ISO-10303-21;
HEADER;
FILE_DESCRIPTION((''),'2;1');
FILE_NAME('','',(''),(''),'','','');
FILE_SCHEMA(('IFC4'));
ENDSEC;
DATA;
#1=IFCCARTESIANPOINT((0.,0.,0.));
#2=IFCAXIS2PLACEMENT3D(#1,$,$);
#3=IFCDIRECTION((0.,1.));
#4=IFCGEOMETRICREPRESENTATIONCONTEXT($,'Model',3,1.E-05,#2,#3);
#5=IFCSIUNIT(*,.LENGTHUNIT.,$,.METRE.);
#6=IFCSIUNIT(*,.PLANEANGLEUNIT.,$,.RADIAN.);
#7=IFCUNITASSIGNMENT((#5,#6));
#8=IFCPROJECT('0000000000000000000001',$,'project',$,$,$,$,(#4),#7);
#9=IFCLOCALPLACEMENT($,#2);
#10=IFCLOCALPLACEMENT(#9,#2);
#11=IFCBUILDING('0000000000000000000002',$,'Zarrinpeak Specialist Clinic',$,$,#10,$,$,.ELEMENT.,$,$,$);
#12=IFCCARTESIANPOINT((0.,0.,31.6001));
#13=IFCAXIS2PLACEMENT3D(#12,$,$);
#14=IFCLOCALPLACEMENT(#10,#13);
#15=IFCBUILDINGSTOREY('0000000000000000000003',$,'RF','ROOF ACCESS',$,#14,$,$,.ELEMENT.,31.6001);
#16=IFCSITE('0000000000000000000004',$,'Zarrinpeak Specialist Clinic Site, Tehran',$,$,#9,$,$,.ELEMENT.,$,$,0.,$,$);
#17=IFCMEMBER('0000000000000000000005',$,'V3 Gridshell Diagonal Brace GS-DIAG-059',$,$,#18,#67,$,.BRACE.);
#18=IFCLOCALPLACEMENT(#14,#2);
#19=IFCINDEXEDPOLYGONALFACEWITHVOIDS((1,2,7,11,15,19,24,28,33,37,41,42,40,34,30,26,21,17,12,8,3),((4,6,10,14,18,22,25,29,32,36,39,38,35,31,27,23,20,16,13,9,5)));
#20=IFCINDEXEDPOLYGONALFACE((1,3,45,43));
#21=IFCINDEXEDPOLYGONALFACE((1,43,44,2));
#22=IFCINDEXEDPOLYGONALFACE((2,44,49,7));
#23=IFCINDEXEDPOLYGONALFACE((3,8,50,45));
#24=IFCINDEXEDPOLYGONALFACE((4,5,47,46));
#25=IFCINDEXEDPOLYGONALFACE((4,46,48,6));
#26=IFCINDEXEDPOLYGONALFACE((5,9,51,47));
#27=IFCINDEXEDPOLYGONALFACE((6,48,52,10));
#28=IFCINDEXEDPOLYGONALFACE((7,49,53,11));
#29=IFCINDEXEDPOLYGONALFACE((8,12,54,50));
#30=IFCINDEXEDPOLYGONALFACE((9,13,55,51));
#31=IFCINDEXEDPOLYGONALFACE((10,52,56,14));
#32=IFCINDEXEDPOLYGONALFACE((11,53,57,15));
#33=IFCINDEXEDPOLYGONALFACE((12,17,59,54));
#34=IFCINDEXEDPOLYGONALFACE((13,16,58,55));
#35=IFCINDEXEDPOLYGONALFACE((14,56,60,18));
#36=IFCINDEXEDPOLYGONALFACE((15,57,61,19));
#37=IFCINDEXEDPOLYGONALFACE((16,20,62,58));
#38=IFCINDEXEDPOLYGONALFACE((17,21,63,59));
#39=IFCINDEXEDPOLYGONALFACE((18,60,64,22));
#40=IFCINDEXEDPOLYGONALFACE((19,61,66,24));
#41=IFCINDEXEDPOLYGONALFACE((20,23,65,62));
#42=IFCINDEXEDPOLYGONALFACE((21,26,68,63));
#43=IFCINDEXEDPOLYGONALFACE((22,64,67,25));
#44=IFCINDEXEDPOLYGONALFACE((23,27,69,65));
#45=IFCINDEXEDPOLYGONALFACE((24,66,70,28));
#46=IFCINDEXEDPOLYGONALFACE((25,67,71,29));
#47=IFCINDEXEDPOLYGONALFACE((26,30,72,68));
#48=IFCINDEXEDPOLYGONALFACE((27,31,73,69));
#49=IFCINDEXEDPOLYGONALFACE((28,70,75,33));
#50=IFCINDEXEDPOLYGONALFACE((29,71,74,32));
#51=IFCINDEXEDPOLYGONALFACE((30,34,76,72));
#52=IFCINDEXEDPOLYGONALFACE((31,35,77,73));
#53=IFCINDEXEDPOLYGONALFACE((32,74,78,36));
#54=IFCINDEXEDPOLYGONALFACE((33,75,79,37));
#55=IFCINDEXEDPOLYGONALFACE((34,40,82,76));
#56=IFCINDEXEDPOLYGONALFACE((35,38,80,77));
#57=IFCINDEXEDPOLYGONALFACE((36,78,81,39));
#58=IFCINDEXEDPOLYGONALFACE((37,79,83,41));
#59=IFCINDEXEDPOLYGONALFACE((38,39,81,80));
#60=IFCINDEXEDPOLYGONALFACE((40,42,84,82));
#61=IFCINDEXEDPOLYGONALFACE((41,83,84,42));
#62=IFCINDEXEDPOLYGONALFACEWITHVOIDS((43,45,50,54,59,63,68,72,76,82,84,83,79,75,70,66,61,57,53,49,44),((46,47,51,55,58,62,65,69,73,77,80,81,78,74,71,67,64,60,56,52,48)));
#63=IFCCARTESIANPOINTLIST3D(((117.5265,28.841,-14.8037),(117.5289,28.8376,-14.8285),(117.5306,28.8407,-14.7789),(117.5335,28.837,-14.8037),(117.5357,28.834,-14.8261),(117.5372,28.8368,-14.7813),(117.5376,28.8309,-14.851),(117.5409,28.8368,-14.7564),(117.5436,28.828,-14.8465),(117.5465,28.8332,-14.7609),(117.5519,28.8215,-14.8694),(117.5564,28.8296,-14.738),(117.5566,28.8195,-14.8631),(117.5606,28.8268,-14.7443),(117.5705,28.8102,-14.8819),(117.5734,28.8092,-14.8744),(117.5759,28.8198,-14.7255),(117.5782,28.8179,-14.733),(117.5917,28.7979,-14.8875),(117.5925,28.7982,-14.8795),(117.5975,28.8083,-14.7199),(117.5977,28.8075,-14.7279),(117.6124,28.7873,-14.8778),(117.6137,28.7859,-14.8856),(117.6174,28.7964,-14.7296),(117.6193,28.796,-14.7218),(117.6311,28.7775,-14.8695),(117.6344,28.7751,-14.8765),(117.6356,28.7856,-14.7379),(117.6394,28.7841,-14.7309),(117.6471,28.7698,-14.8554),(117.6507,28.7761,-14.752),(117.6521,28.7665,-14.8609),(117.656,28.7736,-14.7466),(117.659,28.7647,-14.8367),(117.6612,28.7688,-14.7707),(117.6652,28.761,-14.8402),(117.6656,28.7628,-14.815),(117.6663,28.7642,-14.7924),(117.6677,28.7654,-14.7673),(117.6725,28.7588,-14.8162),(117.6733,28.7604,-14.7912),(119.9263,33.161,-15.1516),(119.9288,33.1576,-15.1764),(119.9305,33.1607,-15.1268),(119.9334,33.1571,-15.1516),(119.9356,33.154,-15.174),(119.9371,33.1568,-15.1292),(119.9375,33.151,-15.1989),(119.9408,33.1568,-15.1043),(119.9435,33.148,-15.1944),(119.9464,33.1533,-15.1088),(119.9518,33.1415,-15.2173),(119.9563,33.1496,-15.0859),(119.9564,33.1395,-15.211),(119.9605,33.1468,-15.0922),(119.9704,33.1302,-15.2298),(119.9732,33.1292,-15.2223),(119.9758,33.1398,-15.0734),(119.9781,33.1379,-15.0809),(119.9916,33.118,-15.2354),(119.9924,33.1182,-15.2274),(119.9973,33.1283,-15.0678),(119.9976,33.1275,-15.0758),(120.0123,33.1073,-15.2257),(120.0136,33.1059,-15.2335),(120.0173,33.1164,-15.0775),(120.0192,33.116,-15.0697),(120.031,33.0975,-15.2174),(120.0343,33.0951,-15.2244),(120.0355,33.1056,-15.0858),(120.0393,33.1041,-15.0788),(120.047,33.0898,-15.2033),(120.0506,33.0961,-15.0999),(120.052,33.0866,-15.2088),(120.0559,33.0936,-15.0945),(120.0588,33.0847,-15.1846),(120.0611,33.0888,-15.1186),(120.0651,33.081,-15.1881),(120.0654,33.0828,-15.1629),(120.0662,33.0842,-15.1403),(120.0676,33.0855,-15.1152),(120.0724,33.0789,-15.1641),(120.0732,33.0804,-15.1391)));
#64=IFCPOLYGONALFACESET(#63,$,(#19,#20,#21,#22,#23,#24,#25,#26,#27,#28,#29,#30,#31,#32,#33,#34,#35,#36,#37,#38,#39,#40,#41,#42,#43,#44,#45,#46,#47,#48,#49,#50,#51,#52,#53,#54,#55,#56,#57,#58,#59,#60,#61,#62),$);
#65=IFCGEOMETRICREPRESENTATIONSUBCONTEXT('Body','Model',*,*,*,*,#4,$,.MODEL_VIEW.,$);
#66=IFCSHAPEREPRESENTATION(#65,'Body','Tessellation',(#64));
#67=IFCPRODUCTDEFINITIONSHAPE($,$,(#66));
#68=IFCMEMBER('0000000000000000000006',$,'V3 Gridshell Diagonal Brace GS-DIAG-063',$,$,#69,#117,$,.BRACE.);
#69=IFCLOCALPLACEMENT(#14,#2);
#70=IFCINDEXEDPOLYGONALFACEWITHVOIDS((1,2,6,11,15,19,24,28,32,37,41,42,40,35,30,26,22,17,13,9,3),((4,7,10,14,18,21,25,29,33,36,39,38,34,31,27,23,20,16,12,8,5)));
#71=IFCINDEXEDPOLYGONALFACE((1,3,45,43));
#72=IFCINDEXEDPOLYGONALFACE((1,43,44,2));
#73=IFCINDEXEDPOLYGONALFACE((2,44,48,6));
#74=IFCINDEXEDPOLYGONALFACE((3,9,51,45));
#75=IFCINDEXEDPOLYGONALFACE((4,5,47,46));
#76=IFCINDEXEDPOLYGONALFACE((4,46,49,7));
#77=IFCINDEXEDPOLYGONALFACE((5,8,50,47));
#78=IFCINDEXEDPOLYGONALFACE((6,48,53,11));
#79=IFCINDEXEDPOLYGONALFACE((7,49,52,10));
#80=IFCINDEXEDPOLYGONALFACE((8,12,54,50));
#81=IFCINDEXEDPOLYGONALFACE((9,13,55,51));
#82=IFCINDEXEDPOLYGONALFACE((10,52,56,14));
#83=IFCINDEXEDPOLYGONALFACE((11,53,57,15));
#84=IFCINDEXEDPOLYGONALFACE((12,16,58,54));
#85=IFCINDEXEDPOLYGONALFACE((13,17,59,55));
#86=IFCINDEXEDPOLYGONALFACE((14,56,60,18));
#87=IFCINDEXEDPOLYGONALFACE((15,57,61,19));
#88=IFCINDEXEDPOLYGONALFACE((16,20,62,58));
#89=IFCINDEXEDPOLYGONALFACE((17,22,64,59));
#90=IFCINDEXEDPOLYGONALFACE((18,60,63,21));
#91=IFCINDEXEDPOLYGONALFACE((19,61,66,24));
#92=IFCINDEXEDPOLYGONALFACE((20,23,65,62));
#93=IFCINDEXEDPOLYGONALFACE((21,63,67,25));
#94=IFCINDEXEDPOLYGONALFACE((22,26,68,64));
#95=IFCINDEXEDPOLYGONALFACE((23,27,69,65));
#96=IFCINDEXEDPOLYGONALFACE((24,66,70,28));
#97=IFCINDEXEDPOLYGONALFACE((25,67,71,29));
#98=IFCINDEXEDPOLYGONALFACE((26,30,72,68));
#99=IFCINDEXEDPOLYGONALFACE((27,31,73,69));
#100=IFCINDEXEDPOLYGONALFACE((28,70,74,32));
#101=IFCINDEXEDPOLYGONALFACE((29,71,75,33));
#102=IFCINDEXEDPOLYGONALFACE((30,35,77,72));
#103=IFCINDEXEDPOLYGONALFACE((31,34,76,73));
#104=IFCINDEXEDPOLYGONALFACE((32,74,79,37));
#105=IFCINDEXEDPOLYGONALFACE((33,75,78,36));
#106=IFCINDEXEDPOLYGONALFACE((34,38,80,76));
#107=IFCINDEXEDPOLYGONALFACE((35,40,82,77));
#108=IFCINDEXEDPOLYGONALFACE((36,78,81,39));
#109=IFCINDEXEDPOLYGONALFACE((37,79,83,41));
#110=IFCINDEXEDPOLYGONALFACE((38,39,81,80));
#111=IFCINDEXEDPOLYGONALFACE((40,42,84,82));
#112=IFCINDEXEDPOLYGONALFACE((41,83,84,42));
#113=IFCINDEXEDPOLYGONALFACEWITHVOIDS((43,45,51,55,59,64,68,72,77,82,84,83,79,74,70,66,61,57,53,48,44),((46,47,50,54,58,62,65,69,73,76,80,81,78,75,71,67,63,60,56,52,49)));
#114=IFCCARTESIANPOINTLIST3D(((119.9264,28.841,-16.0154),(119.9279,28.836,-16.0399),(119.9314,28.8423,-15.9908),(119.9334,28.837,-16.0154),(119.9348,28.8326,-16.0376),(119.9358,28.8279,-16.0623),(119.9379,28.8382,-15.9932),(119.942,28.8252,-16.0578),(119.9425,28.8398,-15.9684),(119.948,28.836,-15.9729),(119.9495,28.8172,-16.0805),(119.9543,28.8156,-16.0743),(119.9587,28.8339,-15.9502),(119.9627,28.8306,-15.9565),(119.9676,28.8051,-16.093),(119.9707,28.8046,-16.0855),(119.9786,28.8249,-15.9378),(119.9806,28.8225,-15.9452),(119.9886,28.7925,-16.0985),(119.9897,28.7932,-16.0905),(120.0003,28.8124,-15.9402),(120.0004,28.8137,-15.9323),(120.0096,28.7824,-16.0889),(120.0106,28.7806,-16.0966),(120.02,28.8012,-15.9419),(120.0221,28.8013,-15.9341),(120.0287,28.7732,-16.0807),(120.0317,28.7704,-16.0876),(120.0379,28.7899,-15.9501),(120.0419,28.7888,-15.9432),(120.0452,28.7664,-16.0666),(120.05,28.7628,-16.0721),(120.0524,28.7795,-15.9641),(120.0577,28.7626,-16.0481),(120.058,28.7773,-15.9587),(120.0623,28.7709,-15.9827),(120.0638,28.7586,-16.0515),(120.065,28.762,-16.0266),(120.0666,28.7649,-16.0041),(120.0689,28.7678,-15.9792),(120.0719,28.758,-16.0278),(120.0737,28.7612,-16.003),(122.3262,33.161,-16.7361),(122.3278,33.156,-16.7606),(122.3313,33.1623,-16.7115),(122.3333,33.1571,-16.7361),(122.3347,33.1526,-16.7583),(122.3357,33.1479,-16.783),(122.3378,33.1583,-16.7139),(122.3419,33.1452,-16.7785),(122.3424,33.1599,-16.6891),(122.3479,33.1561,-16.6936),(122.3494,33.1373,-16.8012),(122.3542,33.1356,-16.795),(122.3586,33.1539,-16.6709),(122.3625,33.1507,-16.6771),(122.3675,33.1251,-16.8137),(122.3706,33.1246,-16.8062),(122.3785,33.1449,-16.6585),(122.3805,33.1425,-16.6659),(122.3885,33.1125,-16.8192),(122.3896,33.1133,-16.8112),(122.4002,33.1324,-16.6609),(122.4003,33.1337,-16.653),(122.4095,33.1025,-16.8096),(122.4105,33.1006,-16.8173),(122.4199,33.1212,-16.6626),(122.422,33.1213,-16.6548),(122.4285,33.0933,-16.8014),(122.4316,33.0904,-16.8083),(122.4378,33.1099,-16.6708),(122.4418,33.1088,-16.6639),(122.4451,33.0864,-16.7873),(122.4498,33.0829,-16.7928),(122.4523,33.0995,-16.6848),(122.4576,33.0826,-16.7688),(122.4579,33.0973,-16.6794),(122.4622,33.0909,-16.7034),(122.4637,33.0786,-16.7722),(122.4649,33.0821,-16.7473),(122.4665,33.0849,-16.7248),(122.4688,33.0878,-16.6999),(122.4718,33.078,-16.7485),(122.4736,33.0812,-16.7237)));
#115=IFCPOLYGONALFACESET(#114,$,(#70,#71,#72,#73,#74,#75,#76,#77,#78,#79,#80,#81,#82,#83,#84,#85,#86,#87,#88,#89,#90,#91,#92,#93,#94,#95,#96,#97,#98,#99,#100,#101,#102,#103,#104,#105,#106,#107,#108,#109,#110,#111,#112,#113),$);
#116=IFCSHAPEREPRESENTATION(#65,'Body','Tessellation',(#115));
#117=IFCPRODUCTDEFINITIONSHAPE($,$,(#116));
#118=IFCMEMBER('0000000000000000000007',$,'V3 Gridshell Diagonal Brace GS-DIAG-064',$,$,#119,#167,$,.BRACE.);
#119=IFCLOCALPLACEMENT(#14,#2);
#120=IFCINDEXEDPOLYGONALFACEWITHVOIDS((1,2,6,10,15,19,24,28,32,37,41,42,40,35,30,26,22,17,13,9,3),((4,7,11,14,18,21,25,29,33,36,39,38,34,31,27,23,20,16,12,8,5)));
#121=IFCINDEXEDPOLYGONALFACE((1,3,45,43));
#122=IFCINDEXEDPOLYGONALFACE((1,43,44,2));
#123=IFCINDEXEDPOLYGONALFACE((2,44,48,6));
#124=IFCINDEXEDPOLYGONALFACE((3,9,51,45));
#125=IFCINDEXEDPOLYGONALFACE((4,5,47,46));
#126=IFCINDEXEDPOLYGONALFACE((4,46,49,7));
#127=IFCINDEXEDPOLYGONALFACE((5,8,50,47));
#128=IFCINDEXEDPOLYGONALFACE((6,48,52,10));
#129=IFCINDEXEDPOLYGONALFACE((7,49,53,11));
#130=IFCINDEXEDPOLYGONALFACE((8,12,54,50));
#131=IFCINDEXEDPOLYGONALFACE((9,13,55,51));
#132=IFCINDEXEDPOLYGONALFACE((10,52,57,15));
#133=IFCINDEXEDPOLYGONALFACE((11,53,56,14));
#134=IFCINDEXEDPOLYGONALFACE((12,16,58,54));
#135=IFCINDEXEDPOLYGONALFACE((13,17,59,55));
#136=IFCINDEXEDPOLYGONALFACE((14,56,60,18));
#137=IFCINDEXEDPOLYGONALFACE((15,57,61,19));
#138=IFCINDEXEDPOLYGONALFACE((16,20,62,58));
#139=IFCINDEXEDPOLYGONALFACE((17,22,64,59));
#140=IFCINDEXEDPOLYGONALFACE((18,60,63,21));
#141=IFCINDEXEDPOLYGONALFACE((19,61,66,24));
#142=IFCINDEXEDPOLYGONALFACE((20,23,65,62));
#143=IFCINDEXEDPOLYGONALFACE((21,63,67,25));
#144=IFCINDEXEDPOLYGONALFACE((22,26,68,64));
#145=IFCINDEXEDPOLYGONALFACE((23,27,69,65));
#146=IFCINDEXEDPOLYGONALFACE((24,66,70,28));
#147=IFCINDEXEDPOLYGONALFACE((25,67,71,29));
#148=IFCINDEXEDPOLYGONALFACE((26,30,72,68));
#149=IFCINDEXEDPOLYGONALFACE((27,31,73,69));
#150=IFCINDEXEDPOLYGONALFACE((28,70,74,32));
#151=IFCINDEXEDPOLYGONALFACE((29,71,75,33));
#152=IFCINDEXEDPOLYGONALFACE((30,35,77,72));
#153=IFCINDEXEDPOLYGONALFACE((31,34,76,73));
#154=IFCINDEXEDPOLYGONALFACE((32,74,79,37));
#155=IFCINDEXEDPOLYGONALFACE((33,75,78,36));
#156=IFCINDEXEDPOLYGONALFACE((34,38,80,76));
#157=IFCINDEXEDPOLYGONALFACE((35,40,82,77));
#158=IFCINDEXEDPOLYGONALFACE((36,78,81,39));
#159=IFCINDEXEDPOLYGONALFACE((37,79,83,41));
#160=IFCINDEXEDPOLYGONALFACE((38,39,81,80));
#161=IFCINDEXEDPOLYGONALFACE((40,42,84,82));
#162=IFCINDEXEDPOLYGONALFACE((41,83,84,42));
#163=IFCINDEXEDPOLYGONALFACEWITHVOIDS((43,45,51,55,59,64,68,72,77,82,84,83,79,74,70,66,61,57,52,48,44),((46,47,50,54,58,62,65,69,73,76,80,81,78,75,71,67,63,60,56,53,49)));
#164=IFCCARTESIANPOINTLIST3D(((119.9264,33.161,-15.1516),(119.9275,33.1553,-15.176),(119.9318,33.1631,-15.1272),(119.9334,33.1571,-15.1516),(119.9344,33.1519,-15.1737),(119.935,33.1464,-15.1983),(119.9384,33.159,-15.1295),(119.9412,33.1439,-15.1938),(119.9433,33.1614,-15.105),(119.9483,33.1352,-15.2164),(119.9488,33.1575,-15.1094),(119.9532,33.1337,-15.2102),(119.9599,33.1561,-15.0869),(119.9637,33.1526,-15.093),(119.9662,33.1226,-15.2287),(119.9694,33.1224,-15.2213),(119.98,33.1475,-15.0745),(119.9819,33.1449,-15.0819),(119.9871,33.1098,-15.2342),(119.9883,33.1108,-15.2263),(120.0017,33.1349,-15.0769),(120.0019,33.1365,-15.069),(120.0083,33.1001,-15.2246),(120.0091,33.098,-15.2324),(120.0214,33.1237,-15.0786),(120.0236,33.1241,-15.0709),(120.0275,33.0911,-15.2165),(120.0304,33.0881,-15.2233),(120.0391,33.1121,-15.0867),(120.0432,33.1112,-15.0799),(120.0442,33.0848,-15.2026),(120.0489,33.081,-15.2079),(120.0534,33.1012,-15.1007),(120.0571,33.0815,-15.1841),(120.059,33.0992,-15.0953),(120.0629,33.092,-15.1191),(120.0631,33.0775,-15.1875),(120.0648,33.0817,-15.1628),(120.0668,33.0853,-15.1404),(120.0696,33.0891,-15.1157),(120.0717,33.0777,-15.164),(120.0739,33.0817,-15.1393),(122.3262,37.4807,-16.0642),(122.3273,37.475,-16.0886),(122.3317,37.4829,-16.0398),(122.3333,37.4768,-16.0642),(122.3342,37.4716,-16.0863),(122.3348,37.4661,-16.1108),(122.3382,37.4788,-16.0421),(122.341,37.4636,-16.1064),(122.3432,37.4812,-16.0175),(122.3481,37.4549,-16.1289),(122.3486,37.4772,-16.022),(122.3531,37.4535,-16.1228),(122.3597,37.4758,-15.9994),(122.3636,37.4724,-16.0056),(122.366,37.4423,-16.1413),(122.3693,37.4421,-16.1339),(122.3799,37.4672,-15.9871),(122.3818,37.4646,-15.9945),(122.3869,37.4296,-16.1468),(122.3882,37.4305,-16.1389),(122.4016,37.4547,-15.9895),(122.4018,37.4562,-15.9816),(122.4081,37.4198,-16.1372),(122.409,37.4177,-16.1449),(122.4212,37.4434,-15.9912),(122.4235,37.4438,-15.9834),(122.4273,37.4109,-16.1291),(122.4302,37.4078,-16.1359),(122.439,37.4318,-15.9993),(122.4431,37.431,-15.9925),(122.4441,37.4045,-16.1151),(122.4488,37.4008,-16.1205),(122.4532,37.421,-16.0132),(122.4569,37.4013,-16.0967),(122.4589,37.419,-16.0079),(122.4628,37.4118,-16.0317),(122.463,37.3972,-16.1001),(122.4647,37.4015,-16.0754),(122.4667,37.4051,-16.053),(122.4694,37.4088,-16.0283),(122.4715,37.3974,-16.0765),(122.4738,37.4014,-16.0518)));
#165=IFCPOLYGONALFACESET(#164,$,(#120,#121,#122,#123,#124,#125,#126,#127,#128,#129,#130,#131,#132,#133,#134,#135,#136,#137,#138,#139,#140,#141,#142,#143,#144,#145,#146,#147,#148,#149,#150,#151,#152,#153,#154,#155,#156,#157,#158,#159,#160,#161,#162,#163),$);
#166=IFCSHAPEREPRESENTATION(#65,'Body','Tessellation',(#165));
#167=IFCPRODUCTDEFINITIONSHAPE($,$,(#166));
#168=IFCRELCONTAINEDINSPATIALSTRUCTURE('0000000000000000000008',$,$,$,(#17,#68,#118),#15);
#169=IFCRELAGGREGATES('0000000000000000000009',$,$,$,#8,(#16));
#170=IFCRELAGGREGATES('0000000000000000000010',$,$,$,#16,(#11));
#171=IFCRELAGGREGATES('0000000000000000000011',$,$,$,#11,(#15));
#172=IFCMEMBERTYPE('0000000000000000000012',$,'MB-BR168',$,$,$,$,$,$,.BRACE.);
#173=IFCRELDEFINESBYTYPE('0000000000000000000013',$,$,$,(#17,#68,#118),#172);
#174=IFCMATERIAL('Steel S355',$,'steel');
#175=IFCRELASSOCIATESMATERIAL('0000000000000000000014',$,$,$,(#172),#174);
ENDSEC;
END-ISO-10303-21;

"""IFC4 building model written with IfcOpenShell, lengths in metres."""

from ifc_helpers import new_model, si_unit, direction, frame, origin, origin_2d, place, context, subcontext, project, spatial, hollow_circle, extrude, material, material_profile, profile_set, type_object, element, save


model = new_model("IFC4")

# Units and contexts
model_context = context("Model", 3, precision=1e-05, world=origin(), true_north=direction((0.0, 1.0)))
body_context = subcontext(model_context, "Body", "Model", "MODEL_VIEW")
ifc_project = project(units=[si_unit("LENGTHUNIT", "METRE"), si_unit("PLANEANGLEUNIT", "RADIAN")], contexts=[model_context])

# Site, building, storey
site_placement = place(None, origin())
site = spatial("IfcSite", under=ifc_project, at=site_placement, Name="Zarrinpeak Specialist Clinic Site, Tehran", CompositionType="ELEMENT", RefElevation=0.0)
building_placement = place(site_placement, origin())
building = spatial("IfcBuilding", under=site, at=building_placement, Name="Zarrinpeak Specialist Clinic", CompositionType="ELEMENT")
storey_placement = place(building_placement, frame((0.0, 0.0, 31.6001)))
storey = spatial("IfcBuildingStorey", under=building, at=storey_placement, Name="RF", Description="ROOF ACCESS", CompositionType="ELEMENT", Elevation=31.6001)

# Members
ifc_material_1 = material(Name="Steel S355", Category="steel")
ifc_material_profile_1 = material_profile(ifc_material_1, hollow_circle(Radius=0.0842, WallThickness=0.0081, at=origin_2d()), Name="CHS 168.3x8.0")
ifc_profile_set_1 = profile_set([ifc_material_profile_1], Name="Steel S355")
member_type_1 = type_object("IfcMemberType", Name="MB-BR168", PredefinedType="BRACE", material=ifc_profile_set_1)
member_1_placement = place(storey_placement, frame((117.6001, 28.8, -14.8037), z_axis=(0.484423, 0.872011, -0.070224), x_axis=(-0.874169, 0.485622, 0.0)))
element("IfcMember", 1, at=member_1_placement, inside=storey, type_object=member_type_1, Name="V3 Gridshell Diagonal Brace GS-DIAG-059", PredefinedType="BRACE", context=body_context, shape_type="SweptSolid", body=[
    extrude(hollow_circle(Radius=0.0842, WallThickness=0.0081, at=origin_2d()), origin(), (0.0, 0.0, 1.0), 4.9541),
])
member_2_placement = place(storey_placement, frame((120.0, 28.8, -16.0154), z_axis=(0.480539, 0.865019, -0.144308), x_axis=(-0.874169, 0.485622, 0.0)))
element("IfcMember", 2, at=member_2_placement, inside=storey, type_object=member_type_1, Name="V3 Gridshell Diagonal Brace GS-DIAG-063", PredefinedType="BRACE", context=body_context, shape_type="SweptSolid", body=[
    extrude(hollow_circle(Radius=0.0842, WallThickness=0.0081, at=origin_2d()), origin(), (0.0, 0.0, 1.0), 4.9941),
])
member_3_placement = place(storey_placement, frame((120.0, 33.1201, -15.1516), z_axis=(0.477568, 0.859622, -0.181602), x_axis=(-0.874157, 0.485643, 0.0)))
element("IfcMember", 3, at=member_3_placement, inside=storey, type_object=member_type_1, Name="V3 Gridshell Diagonal Brace GS-DIAG-064", PredefinedType="BRACE", context=body_context, shape_type="SweptSolid", body=[
    extrude(hollow_circle(Radius=0.0842, WallThickness=0.0081, at=origin_2d()), origin(), (0.0, 0.0, 1.0), 5.0251),
])

save(model, "model.ifc")
